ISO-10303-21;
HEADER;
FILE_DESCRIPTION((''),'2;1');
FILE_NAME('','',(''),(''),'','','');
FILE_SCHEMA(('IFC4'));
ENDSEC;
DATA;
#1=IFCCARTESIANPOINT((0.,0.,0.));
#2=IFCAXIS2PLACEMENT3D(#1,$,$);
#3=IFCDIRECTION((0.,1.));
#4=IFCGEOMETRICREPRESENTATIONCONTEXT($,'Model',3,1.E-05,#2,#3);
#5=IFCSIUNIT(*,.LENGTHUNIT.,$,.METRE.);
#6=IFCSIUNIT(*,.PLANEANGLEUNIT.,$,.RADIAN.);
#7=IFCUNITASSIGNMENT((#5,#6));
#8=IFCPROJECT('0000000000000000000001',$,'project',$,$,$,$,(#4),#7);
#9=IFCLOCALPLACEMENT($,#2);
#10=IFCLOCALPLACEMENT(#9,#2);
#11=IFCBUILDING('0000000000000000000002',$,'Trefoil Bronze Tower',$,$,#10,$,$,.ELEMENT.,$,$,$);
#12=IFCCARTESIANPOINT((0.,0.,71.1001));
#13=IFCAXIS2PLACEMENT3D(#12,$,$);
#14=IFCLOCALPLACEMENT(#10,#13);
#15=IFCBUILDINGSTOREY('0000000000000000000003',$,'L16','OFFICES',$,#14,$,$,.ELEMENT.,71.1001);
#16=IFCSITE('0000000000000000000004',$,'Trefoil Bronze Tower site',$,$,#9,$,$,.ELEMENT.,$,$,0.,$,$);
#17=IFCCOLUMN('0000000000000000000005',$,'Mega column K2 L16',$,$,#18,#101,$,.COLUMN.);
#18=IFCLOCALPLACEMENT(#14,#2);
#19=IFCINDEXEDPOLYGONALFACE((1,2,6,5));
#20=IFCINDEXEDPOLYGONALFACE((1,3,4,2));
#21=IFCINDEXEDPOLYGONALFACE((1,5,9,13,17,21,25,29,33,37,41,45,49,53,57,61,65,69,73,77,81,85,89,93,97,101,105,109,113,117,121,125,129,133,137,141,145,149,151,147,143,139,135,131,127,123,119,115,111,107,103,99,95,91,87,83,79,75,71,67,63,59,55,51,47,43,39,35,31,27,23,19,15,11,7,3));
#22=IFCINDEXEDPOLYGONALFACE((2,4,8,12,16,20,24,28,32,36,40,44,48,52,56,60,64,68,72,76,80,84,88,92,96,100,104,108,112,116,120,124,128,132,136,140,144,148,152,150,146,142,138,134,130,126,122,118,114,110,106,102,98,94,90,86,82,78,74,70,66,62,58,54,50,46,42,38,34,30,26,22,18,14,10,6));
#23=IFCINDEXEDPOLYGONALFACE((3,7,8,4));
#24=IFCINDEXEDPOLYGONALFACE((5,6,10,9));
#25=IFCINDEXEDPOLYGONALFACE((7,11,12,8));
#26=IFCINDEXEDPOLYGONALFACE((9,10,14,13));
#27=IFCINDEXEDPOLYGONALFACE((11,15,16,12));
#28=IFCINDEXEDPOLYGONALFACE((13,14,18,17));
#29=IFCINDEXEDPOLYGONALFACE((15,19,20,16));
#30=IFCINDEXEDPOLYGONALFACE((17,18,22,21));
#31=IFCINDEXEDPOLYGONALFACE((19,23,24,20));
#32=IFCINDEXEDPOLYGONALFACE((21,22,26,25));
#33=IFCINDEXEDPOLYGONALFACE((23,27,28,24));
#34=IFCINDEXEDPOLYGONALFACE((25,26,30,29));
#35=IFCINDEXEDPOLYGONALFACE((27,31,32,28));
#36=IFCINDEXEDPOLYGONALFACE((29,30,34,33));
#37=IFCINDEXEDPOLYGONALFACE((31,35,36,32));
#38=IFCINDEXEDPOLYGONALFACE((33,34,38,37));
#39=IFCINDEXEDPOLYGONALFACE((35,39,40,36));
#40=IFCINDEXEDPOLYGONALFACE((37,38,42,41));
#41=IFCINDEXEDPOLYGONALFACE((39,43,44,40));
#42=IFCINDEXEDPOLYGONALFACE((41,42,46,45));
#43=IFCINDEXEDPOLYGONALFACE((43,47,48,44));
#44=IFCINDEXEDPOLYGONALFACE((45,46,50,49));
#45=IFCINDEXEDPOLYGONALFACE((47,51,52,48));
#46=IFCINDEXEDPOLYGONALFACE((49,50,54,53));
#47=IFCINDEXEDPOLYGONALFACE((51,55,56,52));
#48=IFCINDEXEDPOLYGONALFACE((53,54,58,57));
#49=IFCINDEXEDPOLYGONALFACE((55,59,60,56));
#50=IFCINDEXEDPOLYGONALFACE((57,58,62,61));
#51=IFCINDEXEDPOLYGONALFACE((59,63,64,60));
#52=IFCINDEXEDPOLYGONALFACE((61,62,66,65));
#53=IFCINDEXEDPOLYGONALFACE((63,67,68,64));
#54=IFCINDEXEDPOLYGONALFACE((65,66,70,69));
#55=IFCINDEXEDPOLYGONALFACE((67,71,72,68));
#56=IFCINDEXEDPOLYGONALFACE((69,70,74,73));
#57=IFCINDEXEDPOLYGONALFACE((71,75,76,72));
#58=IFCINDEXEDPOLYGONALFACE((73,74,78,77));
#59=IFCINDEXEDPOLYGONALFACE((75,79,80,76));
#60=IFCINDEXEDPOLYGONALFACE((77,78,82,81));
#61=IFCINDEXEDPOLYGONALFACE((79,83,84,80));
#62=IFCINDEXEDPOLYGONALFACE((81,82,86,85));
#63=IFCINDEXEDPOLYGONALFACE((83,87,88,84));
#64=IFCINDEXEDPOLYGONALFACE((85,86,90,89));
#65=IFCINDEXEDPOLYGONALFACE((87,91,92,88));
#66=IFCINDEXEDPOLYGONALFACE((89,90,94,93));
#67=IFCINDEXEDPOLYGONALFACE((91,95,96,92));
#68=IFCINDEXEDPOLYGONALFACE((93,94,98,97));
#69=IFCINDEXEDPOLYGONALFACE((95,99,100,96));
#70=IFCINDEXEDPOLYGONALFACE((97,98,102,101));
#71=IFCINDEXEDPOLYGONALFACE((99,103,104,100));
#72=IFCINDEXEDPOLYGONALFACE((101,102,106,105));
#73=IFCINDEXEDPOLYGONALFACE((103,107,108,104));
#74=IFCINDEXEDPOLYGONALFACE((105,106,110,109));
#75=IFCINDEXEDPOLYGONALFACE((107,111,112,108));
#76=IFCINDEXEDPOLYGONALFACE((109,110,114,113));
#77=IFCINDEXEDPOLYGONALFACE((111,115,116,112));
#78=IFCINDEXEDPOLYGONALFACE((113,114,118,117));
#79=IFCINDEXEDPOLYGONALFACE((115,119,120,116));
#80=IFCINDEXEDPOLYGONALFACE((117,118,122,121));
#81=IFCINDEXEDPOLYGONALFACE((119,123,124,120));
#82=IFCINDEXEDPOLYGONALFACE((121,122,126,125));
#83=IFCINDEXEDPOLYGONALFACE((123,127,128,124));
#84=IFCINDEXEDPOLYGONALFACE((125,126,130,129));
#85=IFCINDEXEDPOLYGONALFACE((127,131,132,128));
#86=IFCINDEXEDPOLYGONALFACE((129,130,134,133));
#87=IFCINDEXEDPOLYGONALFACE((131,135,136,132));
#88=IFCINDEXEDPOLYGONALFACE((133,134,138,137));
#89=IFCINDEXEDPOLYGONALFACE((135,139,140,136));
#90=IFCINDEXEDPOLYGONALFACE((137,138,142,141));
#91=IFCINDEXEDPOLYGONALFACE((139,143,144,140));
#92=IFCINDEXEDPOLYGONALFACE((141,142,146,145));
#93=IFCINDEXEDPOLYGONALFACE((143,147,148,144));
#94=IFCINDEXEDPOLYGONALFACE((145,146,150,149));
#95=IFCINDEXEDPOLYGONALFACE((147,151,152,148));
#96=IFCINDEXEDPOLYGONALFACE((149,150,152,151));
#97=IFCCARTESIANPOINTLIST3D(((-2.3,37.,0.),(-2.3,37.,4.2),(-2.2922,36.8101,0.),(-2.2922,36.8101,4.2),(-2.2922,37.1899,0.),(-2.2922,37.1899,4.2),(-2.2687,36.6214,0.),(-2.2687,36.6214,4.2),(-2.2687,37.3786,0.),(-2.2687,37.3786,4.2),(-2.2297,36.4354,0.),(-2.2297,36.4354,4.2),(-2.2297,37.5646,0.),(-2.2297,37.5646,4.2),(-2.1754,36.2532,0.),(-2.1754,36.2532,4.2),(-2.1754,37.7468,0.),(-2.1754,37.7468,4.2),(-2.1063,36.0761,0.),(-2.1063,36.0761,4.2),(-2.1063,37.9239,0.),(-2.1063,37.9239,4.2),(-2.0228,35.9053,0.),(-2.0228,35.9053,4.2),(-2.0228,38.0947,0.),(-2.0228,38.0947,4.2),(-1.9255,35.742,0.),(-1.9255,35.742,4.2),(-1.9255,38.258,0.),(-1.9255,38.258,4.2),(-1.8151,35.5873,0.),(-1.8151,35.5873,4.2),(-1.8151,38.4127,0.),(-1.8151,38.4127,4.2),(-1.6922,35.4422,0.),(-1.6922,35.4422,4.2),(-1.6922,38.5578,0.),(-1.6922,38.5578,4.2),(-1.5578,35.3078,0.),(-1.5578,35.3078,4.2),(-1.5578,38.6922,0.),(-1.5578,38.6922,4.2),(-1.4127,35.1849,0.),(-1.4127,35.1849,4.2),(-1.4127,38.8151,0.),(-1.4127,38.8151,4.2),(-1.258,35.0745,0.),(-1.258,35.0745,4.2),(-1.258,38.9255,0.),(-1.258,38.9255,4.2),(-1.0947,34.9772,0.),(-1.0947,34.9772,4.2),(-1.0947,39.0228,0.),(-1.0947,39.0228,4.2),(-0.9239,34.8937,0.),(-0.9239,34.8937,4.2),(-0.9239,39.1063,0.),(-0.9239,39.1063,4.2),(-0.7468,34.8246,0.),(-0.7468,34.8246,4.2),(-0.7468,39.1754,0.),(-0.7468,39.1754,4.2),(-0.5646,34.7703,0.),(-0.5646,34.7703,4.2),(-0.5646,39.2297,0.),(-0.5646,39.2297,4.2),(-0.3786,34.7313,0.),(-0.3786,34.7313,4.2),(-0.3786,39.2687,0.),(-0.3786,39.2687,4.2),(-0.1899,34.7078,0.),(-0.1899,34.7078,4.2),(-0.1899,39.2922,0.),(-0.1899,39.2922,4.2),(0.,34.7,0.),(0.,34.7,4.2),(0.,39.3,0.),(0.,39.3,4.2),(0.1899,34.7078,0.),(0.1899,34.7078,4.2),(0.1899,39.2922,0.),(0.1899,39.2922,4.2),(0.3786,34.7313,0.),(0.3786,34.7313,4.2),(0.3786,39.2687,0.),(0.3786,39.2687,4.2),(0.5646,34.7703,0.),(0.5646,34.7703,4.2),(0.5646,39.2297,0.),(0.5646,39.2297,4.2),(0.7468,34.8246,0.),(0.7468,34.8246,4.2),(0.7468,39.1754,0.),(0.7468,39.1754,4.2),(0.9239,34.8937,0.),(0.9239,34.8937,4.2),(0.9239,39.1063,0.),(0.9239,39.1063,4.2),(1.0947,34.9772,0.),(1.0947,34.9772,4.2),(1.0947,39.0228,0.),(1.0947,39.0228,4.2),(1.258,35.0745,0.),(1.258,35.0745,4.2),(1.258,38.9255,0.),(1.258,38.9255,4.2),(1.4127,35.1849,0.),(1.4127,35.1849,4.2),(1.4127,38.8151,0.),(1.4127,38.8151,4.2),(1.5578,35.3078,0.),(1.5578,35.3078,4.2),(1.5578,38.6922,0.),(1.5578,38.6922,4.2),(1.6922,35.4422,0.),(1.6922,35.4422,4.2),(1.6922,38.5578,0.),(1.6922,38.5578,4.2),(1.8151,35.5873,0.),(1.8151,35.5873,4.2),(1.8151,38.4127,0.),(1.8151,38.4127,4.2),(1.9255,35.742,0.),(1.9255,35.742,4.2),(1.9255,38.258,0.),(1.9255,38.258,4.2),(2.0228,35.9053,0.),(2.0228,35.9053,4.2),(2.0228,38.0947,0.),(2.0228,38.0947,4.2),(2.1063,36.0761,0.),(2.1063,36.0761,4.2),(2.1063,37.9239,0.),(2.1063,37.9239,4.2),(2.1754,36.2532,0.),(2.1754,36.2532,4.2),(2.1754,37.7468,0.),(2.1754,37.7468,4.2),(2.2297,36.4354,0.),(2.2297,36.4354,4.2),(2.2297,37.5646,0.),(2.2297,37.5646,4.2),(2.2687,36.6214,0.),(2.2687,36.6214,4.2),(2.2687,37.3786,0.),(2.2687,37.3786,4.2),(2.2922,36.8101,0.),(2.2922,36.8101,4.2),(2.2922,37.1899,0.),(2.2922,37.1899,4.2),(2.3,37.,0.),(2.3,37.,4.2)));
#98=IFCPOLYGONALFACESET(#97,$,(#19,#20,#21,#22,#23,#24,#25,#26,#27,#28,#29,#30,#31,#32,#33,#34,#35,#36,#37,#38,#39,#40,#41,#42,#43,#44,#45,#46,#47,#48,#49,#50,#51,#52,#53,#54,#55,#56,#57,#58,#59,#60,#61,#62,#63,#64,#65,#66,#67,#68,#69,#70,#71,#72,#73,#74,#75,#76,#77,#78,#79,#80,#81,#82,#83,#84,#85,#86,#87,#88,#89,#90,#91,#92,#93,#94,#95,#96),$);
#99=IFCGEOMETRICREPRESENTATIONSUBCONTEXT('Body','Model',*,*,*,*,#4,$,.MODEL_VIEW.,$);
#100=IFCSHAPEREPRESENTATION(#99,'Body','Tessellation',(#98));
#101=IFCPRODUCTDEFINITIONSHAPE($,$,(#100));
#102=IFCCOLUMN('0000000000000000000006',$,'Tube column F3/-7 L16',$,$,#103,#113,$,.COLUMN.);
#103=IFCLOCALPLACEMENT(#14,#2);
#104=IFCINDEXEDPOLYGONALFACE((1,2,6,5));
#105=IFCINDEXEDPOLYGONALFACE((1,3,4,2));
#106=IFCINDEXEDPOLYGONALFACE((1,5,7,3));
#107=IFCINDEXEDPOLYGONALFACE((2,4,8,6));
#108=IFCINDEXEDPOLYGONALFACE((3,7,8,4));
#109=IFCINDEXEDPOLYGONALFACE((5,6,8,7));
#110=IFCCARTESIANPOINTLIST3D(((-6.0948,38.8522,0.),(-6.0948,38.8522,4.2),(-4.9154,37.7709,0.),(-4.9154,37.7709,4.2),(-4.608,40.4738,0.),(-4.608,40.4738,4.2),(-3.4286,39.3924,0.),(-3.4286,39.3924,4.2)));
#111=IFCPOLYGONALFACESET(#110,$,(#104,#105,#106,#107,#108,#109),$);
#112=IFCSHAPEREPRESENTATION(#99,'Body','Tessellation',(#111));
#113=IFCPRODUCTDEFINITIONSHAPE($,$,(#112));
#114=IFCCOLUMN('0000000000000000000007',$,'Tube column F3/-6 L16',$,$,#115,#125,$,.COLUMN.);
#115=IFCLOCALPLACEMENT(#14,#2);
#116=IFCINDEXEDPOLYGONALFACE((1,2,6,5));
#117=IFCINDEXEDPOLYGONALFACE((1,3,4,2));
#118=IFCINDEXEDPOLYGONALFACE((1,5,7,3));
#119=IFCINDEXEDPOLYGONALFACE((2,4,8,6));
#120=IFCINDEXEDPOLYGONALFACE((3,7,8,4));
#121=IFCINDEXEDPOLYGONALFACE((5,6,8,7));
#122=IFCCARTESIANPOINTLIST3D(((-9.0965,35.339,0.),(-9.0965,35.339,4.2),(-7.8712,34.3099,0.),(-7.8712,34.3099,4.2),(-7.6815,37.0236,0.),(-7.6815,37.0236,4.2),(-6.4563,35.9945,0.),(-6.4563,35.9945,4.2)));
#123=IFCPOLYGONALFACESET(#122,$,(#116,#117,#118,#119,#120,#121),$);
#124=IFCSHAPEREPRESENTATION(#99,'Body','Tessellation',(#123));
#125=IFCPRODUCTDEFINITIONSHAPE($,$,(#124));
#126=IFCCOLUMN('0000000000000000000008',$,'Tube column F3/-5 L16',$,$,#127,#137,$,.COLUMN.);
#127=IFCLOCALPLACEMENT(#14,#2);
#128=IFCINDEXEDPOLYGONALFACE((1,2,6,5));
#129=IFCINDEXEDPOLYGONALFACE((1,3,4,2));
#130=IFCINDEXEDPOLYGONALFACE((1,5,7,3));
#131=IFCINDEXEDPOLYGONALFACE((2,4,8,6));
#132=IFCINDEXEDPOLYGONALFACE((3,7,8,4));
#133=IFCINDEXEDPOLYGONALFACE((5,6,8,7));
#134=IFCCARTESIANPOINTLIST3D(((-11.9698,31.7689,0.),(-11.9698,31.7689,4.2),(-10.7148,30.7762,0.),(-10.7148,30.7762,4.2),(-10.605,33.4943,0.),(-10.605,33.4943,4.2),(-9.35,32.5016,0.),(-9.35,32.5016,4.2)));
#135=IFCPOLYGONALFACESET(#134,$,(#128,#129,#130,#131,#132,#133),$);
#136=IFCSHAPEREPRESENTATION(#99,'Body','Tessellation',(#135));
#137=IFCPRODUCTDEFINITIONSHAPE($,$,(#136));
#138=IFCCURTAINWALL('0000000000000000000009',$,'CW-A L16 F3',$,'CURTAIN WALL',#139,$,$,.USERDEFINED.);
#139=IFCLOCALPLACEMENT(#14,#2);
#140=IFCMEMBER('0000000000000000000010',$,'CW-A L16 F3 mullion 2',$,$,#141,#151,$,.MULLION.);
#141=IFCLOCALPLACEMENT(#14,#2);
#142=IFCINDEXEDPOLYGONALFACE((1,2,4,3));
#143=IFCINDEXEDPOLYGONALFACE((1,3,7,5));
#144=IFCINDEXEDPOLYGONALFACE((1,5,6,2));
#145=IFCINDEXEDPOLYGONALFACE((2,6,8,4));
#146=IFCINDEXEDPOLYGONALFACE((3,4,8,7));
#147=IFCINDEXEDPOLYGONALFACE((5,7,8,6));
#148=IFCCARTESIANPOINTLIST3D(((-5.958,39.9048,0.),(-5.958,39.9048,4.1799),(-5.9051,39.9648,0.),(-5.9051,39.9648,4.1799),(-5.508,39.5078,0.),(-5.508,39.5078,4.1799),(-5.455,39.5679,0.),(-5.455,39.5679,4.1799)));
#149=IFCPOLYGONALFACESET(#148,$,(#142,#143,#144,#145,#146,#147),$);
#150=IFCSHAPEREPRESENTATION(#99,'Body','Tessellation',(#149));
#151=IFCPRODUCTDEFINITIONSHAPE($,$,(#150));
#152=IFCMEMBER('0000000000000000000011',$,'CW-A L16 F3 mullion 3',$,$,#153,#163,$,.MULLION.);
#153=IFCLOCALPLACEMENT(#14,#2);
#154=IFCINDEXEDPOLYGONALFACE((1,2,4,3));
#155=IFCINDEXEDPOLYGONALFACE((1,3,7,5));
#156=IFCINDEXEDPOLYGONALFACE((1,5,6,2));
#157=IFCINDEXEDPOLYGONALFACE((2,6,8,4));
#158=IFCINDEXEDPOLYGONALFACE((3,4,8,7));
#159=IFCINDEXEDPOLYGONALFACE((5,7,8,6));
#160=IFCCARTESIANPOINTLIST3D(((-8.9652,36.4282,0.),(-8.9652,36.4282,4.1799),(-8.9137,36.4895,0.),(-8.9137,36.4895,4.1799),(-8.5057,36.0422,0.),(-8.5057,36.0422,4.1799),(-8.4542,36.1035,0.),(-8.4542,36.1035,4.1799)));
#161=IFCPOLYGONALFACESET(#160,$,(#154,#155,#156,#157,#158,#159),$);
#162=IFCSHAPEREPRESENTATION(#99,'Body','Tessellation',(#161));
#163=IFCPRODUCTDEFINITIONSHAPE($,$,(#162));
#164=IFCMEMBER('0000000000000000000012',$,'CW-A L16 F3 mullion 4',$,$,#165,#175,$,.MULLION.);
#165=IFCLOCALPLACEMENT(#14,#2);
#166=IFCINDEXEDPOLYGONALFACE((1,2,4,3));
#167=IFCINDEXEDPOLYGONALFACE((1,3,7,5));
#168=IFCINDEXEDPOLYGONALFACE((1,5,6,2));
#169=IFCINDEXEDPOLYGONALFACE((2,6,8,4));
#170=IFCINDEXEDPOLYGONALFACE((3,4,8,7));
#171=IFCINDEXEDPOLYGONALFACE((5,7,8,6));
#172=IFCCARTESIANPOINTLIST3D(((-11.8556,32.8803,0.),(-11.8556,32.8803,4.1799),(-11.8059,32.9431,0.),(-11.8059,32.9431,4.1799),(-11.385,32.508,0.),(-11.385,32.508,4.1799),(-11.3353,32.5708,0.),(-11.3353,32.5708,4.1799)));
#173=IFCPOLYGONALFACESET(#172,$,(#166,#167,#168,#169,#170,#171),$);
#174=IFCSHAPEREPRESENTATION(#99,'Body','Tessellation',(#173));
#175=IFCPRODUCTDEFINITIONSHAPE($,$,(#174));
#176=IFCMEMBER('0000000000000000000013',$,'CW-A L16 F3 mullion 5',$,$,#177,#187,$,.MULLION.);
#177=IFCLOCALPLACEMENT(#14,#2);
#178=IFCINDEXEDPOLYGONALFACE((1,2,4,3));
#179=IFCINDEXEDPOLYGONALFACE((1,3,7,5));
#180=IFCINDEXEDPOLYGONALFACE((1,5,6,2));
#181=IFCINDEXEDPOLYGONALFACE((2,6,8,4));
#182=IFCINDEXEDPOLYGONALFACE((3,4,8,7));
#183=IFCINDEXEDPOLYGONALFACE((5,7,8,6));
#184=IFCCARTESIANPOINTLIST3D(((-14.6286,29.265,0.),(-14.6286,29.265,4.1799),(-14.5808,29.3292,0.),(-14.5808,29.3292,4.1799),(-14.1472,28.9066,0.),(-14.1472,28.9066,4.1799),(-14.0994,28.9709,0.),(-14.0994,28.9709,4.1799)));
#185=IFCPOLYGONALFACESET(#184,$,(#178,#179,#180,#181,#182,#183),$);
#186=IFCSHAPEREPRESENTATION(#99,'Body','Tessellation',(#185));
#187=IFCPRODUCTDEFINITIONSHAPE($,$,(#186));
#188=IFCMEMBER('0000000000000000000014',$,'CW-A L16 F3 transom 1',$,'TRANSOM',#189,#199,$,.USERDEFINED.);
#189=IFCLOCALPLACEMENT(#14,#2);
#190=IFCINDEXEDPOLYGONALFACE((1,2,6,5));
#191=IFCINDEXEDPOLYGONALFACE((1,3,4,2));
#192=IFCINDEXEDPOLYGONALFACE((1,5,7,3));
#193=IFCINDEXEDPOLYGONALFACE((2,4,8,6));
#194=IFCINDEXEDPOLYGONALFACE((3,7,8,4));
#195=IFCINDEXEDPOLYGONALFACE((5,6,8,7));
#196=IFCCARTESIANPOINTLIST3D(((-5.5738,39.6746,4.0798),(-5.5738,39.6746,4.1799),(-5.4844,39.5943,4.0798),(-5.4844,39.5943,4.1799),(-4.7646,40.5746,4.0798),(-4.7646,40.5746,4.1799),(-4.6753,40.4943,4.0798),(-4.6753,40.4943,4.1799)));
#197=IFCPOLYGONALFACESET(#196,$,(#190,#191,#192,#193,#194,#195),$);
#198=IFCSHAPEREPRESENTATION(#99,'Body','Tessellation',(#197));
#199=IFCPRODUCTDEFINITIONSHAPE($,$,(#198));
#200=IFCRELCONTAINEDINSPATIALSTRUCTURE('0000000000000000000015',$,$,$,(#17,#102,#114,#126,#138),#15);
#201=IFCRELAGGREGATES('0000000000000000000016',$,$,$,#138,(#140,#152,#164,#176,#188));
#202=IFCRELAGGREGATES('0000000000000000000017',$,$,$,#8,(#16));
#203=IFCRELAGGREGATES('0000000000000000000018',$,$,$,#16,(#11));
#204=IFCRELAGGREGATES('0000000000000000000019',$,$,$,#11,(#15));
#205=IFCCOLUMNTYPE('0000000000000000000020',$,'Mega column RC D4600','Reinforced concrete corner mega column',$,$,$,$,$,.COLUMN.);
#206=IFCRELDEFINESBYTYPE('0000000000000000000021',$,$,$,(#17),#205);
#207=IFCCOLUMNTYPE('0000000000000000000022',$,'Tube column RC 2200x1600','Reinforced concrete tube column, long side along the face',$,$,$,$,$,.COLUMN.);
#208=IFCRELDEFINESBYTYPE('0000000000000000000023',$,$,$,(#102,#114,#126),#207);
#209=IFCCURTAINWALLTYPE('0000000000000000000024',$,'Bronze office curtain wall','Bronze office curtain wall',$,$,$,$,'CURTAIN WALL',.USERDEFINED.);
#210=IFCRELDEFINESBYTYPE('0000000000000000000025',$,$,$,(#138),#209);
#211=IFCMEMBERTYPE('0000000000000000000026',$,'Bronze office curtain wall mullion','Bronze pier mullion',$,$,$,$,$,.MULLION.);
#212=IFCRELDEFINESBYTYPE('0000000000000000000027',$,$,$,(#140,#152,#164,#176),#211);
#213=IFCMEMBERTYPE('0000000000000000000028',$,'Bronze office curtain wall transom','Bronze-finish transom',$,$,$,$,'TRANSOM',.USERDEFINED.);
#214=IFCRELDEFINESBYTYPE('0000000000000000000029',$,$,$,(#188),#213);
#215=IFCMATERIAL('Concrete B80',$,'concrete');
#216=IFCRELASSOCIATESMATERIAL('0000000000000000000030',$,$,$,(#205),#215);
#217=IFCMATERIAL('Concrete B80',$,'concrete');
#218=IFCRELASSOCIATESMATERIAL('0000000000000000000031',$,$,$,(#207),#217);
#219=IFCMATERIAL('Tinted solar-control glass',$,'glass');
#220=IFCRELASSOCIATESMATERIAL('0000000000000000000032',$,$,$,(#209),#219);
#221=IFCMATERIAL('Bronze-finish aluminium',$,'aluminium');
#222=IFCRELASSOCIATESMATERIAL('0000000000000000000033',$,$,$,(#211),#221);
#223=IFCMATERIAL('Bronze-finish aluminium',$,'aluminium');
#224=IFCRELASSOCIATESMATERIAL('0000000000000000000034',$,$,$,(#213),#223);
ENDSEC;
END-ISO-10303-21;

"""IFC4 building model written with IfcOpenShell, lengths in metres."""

from ifc_helpers import new_model, si_unit, direction, frame, origin, origin_2d, place, context, subcontext, project, spatial, rectangle, circle, extrude, material, material_profile, profile_set, type_object, element, aggregate, save


model = new_model("IFC4")

# Units and contexts
model_context = context("Model", 3, precision=1e-05, world=origin(), true_north=direction((0.0, 1.0)))
body_context = subcontext(model_context, "Body", "Model", "MODEL_VIEW")
ifc_project = project(units=[si_unit("LENGTHUNIT", "METRE"), si_unit("PLANEANGLEUNIT", "RADIAN")], contexts=[model_context])

# Site, building, storey
site_placement = place(None, origin())
site = spatial("IfcSite", under=ifc_project, at=site_placement, Name="Trefoil Bronze Tower site", CompositionType="ELEMENT", RefElevation=0.0)
building_placement = place(site_placement, origin())
building = spatial("IfcBuilding", under=site, at=building_placement, Name="Trefoil Bronze Tower", CompositionType="ELEMENT")
storey_placement = place(building_placement, frame((0.0, 0.0, 71.1001)))
storey = spatial("IfcBuildingStorey", under=building, at=storey_placement, Name="L16", Description="OFFICES", CompositionType="ELEMENT", Elevation=71.1001)

# Columns
ifc_material_1 = material(Name="Concrete B80", Category="concrete")
ifc_material_profile_1 = material_profile(ifc_material_1, circle(Radius=2.3, at=origin_2d()), Name="RC D4600")
ifc_profile_set_1 = profile_set([ifc_material_profile_1], Name="Concrete B80")
column_type_1 = type_object("IfcColumnType", Name="Mega column RC D4600", Description="Reinforced concrete corner mega column", PredefinedType="COLUMN", material=ifc_profile_set_1)
column_placement = place(storey_placement, frame((0.0, 37.0, 0.0), z_axis=(0.0, 0.0, 1.0), x_axis=(1.0, 0.0, 0.0)))
element("IfcColumn", 1, at=column_placement, inside=storey, type_object=column_type_1, Name="Mega column K2 L16", PredefinedType="COLUMN", context=body_context, shape_type="SweptSolid", body=[
    extrude(circle(Radius=2.3, at=origin_2d()), origin(), (0.0, 0.0, 1.0), 4.2),
])
ifc_material_2 = material(Name="Concrete B80", Category="concrete")
ifc_material_profile_2 = material_profile(ifc_material_2, rectangle(XDim=2.2, YDim=1.6001, at=origin_2d()), Name="RC 2200x1600")
ifc_profile_set_2 = profile_set([ifc_material_profile_2], Name="Concrete B80")
column_type_2 = type_object("IfcColumnType", Name="Tube column RC 2200x1600", Description="Reinforced concrete tube column, long side along the face", PredefinedType="COLUMN", material=ifc_profile_set_2)
for number, where, z_axis, x_axis, name in (
    (2, (-4.7617, 39.1223, 0.0), (0.0, 0.0, 1.0), (-0.675816, -0.73707, 0.0), "Tube column F3/-7 L16"),
    (3, (-7.7764, 35.6667, 0.0), (0.0, 0.0, 1.0), (-0.643163, -0.765729, 0.0), "Tube column F3/-6 L16"),
    (4, (-10.6599, 32.1353, 0.0), (0.0, 0.0, 1.0), (-0.620376, -0.784305, 0.0), "Tube column F3/-5 L16"),
):
    element("IfcColumn", number, at=place(storey_placement, frame(where, z_axis=z_axis, x_axis=x_axis)), inside=storey, type_object=column_type_2, Name=name, PredefinedType="COLUMN", context=body_context, shape_type="SweptSolid", body=[
        extrude(rectangle(XDim=2.2, YDim=1.6001, at=origin_2d()), origin(), (0.0, 0.0, 1.0), 4.2),
    ])

# Curtain wall, members
ifc_material_3 = material(Name="Tinted solar-control glass", Category="glass")
curtain_wall_type_1 = type_object("IfcCurtainWallType", Name="Bronze office curtain wall", Description="Bronze office curtain wall", ElementType="CURTAIN WALL", PredefinedType="USERDEFINED", material=ifc_material_3)
curtain_wall_1_placement = place(storey_placement, origin())
curtain_wall_1 = element("IfcCurtainWall", 5, at=curtain_wall_1_placement, inside=storey, type_object=curtain_wall_type_1, Name="CW-A L16 F3", ObjectType="CURTAIN WALL", PredefinedType="USERDEFINED")
ifc_material_4 = material(Name="Bronze-finish aluminium", Category="aluminium")
ifc_material_profile_3 = material_profile(ifc_material_4, rectangle(XDim=0.6001, YDim=0.0801, at=origin_2d()), Name="CW-A mullion")
ifc_profile_set_3 = profile_set([ifc_material_profile_3], Name="Bronze-finish aluminium")
member_type_1 = type_object("IfcMemberType", Name="Bronze office curtain wall mullion", Description="Bronze pier mullion", PredefinedType="MULLION", material=ifc_profile_set_3)
member_1_placement = place(storey_placement, frame((-5.7065, 39.7363, 0.0), z_axis=(0.0, 0.0, 1.0), x_axis=(0.749941, -0.661505, 0.0)))
member_1 = element("IfcMember", 6, at=member_1_placement, type_object=member_type_1, Name="CW-A L16 F3 mullion 2", PredefinedType="MULLION", context=body_context, shape_type="SweptSolid", body=[
    extrude(rectangle(XDim=0.6001, YDim=0.0801, at=origin_2d()), origin(), (0.0, 0.0, 1.0), 4.1799),
])
member_2_placement = place(storey_placement, frame((-8.7097, 36.2659, 0.0), z_axis=(0.0, 0.0, 1.0), x_axis=(0.765729, -0.643163, 0.0)))
member_2 = element("IfcMember", 7, at=member_2_placement, type_object=member_type_1, Name="CW-A L16 F3 mullion 3", PredefinedType="MULLION", context=body_context, shape_type="SweptSolid", body=[
    extrude(rectangle(XDim=0.6001, YDim=0.0801, at=origin_2d()), origin(), (0.0, 0.0, 1.0), 4.1799),
])
member_3_placement = place(storey_placement, frame((-11.5955, 32.7256, 0.0), z_axis=(0.0, 0.0, 1.0), x_axis=(0.784305, -0.620376, 0.0)))
member_3 = element("IfcMember", 8, at=member_3_placement, type_object=member_type_1, Name="CW-A L16 F3 mullion 4", PredefinedType="MULLION", context=body_context, shape_type="SweptSolid", body=[
    extrude(rectangle(XDim=0.6001, YDim=0.0801, at=origin_2d()), origin(), (0.0, 0.0, 1.0), 4.1799),
])
member_4_placement = place(storey_placement, frame((-14.364, 29.1179, 0.0), z_axis=(0.0, 0.0, 1.0), x_axis=(0.802127, -0.597154, 0.0)))
member_4 = element("IfcMember", 9, at=member_4_placement, type_object=member_type_1, Name="CW-A L16 F3 mullion 5", PredefinedType="MULLION", context=body_context, shape_type="SweptSolid", body=[
    extrude(rectangle(XDim=0.6001, YDim=0.0801, at=origin_2d()), origin(), (0.0, 0.0, 1.0), 4.1799),
])
ifc_material_5 = material(Name="Bronze-finish aluminium", Category="aluminium")
ifc_material_profile_4 = material_profile(ifc_material_5, rectangle(XDim=0.1201, YDim=0.1001, at=origin_2d()), Name="CW-A transom")
ifc_profile_set_4 = profile_set([ifc_material_profile_4], Name="Bronze-finish aluminium")
member_type_2 = type_object("IfcMemberType", Name="Bronze office curtain wall transom", Description="Bronze-finish transom", ElementType="TRANSOM", PredefinedType="USERDEFINED", material=ifc_profile_set_4)
member_5_placement = place(storey_placement, frame((-4.72, 40.5344, 4.1299), z_axis=(-0.668586, -0.743635, 0.0), x_axis=(0.743635, -0.668586, 0.0)))
member_5 = element("IfcMember", 10, at=member_5_placement, type_object=member_type_2, Name="CW-A L16 F3 transom 1", ObjectType="TRANSOM", PredefinedType="USERDEFINED", context=body_context, shape_type="SweptSolid", body=[
    extrude(rectangle(XDim=0.1201, YDim=0.1001, at=origin_2d()), origin(), (0.0, 0.0, 1.0), 1.2102),
])

aggregate(curtain_wall_1, [member_1, member_2, member_3, member_4, member_5])

save(model, "model.ifc")
